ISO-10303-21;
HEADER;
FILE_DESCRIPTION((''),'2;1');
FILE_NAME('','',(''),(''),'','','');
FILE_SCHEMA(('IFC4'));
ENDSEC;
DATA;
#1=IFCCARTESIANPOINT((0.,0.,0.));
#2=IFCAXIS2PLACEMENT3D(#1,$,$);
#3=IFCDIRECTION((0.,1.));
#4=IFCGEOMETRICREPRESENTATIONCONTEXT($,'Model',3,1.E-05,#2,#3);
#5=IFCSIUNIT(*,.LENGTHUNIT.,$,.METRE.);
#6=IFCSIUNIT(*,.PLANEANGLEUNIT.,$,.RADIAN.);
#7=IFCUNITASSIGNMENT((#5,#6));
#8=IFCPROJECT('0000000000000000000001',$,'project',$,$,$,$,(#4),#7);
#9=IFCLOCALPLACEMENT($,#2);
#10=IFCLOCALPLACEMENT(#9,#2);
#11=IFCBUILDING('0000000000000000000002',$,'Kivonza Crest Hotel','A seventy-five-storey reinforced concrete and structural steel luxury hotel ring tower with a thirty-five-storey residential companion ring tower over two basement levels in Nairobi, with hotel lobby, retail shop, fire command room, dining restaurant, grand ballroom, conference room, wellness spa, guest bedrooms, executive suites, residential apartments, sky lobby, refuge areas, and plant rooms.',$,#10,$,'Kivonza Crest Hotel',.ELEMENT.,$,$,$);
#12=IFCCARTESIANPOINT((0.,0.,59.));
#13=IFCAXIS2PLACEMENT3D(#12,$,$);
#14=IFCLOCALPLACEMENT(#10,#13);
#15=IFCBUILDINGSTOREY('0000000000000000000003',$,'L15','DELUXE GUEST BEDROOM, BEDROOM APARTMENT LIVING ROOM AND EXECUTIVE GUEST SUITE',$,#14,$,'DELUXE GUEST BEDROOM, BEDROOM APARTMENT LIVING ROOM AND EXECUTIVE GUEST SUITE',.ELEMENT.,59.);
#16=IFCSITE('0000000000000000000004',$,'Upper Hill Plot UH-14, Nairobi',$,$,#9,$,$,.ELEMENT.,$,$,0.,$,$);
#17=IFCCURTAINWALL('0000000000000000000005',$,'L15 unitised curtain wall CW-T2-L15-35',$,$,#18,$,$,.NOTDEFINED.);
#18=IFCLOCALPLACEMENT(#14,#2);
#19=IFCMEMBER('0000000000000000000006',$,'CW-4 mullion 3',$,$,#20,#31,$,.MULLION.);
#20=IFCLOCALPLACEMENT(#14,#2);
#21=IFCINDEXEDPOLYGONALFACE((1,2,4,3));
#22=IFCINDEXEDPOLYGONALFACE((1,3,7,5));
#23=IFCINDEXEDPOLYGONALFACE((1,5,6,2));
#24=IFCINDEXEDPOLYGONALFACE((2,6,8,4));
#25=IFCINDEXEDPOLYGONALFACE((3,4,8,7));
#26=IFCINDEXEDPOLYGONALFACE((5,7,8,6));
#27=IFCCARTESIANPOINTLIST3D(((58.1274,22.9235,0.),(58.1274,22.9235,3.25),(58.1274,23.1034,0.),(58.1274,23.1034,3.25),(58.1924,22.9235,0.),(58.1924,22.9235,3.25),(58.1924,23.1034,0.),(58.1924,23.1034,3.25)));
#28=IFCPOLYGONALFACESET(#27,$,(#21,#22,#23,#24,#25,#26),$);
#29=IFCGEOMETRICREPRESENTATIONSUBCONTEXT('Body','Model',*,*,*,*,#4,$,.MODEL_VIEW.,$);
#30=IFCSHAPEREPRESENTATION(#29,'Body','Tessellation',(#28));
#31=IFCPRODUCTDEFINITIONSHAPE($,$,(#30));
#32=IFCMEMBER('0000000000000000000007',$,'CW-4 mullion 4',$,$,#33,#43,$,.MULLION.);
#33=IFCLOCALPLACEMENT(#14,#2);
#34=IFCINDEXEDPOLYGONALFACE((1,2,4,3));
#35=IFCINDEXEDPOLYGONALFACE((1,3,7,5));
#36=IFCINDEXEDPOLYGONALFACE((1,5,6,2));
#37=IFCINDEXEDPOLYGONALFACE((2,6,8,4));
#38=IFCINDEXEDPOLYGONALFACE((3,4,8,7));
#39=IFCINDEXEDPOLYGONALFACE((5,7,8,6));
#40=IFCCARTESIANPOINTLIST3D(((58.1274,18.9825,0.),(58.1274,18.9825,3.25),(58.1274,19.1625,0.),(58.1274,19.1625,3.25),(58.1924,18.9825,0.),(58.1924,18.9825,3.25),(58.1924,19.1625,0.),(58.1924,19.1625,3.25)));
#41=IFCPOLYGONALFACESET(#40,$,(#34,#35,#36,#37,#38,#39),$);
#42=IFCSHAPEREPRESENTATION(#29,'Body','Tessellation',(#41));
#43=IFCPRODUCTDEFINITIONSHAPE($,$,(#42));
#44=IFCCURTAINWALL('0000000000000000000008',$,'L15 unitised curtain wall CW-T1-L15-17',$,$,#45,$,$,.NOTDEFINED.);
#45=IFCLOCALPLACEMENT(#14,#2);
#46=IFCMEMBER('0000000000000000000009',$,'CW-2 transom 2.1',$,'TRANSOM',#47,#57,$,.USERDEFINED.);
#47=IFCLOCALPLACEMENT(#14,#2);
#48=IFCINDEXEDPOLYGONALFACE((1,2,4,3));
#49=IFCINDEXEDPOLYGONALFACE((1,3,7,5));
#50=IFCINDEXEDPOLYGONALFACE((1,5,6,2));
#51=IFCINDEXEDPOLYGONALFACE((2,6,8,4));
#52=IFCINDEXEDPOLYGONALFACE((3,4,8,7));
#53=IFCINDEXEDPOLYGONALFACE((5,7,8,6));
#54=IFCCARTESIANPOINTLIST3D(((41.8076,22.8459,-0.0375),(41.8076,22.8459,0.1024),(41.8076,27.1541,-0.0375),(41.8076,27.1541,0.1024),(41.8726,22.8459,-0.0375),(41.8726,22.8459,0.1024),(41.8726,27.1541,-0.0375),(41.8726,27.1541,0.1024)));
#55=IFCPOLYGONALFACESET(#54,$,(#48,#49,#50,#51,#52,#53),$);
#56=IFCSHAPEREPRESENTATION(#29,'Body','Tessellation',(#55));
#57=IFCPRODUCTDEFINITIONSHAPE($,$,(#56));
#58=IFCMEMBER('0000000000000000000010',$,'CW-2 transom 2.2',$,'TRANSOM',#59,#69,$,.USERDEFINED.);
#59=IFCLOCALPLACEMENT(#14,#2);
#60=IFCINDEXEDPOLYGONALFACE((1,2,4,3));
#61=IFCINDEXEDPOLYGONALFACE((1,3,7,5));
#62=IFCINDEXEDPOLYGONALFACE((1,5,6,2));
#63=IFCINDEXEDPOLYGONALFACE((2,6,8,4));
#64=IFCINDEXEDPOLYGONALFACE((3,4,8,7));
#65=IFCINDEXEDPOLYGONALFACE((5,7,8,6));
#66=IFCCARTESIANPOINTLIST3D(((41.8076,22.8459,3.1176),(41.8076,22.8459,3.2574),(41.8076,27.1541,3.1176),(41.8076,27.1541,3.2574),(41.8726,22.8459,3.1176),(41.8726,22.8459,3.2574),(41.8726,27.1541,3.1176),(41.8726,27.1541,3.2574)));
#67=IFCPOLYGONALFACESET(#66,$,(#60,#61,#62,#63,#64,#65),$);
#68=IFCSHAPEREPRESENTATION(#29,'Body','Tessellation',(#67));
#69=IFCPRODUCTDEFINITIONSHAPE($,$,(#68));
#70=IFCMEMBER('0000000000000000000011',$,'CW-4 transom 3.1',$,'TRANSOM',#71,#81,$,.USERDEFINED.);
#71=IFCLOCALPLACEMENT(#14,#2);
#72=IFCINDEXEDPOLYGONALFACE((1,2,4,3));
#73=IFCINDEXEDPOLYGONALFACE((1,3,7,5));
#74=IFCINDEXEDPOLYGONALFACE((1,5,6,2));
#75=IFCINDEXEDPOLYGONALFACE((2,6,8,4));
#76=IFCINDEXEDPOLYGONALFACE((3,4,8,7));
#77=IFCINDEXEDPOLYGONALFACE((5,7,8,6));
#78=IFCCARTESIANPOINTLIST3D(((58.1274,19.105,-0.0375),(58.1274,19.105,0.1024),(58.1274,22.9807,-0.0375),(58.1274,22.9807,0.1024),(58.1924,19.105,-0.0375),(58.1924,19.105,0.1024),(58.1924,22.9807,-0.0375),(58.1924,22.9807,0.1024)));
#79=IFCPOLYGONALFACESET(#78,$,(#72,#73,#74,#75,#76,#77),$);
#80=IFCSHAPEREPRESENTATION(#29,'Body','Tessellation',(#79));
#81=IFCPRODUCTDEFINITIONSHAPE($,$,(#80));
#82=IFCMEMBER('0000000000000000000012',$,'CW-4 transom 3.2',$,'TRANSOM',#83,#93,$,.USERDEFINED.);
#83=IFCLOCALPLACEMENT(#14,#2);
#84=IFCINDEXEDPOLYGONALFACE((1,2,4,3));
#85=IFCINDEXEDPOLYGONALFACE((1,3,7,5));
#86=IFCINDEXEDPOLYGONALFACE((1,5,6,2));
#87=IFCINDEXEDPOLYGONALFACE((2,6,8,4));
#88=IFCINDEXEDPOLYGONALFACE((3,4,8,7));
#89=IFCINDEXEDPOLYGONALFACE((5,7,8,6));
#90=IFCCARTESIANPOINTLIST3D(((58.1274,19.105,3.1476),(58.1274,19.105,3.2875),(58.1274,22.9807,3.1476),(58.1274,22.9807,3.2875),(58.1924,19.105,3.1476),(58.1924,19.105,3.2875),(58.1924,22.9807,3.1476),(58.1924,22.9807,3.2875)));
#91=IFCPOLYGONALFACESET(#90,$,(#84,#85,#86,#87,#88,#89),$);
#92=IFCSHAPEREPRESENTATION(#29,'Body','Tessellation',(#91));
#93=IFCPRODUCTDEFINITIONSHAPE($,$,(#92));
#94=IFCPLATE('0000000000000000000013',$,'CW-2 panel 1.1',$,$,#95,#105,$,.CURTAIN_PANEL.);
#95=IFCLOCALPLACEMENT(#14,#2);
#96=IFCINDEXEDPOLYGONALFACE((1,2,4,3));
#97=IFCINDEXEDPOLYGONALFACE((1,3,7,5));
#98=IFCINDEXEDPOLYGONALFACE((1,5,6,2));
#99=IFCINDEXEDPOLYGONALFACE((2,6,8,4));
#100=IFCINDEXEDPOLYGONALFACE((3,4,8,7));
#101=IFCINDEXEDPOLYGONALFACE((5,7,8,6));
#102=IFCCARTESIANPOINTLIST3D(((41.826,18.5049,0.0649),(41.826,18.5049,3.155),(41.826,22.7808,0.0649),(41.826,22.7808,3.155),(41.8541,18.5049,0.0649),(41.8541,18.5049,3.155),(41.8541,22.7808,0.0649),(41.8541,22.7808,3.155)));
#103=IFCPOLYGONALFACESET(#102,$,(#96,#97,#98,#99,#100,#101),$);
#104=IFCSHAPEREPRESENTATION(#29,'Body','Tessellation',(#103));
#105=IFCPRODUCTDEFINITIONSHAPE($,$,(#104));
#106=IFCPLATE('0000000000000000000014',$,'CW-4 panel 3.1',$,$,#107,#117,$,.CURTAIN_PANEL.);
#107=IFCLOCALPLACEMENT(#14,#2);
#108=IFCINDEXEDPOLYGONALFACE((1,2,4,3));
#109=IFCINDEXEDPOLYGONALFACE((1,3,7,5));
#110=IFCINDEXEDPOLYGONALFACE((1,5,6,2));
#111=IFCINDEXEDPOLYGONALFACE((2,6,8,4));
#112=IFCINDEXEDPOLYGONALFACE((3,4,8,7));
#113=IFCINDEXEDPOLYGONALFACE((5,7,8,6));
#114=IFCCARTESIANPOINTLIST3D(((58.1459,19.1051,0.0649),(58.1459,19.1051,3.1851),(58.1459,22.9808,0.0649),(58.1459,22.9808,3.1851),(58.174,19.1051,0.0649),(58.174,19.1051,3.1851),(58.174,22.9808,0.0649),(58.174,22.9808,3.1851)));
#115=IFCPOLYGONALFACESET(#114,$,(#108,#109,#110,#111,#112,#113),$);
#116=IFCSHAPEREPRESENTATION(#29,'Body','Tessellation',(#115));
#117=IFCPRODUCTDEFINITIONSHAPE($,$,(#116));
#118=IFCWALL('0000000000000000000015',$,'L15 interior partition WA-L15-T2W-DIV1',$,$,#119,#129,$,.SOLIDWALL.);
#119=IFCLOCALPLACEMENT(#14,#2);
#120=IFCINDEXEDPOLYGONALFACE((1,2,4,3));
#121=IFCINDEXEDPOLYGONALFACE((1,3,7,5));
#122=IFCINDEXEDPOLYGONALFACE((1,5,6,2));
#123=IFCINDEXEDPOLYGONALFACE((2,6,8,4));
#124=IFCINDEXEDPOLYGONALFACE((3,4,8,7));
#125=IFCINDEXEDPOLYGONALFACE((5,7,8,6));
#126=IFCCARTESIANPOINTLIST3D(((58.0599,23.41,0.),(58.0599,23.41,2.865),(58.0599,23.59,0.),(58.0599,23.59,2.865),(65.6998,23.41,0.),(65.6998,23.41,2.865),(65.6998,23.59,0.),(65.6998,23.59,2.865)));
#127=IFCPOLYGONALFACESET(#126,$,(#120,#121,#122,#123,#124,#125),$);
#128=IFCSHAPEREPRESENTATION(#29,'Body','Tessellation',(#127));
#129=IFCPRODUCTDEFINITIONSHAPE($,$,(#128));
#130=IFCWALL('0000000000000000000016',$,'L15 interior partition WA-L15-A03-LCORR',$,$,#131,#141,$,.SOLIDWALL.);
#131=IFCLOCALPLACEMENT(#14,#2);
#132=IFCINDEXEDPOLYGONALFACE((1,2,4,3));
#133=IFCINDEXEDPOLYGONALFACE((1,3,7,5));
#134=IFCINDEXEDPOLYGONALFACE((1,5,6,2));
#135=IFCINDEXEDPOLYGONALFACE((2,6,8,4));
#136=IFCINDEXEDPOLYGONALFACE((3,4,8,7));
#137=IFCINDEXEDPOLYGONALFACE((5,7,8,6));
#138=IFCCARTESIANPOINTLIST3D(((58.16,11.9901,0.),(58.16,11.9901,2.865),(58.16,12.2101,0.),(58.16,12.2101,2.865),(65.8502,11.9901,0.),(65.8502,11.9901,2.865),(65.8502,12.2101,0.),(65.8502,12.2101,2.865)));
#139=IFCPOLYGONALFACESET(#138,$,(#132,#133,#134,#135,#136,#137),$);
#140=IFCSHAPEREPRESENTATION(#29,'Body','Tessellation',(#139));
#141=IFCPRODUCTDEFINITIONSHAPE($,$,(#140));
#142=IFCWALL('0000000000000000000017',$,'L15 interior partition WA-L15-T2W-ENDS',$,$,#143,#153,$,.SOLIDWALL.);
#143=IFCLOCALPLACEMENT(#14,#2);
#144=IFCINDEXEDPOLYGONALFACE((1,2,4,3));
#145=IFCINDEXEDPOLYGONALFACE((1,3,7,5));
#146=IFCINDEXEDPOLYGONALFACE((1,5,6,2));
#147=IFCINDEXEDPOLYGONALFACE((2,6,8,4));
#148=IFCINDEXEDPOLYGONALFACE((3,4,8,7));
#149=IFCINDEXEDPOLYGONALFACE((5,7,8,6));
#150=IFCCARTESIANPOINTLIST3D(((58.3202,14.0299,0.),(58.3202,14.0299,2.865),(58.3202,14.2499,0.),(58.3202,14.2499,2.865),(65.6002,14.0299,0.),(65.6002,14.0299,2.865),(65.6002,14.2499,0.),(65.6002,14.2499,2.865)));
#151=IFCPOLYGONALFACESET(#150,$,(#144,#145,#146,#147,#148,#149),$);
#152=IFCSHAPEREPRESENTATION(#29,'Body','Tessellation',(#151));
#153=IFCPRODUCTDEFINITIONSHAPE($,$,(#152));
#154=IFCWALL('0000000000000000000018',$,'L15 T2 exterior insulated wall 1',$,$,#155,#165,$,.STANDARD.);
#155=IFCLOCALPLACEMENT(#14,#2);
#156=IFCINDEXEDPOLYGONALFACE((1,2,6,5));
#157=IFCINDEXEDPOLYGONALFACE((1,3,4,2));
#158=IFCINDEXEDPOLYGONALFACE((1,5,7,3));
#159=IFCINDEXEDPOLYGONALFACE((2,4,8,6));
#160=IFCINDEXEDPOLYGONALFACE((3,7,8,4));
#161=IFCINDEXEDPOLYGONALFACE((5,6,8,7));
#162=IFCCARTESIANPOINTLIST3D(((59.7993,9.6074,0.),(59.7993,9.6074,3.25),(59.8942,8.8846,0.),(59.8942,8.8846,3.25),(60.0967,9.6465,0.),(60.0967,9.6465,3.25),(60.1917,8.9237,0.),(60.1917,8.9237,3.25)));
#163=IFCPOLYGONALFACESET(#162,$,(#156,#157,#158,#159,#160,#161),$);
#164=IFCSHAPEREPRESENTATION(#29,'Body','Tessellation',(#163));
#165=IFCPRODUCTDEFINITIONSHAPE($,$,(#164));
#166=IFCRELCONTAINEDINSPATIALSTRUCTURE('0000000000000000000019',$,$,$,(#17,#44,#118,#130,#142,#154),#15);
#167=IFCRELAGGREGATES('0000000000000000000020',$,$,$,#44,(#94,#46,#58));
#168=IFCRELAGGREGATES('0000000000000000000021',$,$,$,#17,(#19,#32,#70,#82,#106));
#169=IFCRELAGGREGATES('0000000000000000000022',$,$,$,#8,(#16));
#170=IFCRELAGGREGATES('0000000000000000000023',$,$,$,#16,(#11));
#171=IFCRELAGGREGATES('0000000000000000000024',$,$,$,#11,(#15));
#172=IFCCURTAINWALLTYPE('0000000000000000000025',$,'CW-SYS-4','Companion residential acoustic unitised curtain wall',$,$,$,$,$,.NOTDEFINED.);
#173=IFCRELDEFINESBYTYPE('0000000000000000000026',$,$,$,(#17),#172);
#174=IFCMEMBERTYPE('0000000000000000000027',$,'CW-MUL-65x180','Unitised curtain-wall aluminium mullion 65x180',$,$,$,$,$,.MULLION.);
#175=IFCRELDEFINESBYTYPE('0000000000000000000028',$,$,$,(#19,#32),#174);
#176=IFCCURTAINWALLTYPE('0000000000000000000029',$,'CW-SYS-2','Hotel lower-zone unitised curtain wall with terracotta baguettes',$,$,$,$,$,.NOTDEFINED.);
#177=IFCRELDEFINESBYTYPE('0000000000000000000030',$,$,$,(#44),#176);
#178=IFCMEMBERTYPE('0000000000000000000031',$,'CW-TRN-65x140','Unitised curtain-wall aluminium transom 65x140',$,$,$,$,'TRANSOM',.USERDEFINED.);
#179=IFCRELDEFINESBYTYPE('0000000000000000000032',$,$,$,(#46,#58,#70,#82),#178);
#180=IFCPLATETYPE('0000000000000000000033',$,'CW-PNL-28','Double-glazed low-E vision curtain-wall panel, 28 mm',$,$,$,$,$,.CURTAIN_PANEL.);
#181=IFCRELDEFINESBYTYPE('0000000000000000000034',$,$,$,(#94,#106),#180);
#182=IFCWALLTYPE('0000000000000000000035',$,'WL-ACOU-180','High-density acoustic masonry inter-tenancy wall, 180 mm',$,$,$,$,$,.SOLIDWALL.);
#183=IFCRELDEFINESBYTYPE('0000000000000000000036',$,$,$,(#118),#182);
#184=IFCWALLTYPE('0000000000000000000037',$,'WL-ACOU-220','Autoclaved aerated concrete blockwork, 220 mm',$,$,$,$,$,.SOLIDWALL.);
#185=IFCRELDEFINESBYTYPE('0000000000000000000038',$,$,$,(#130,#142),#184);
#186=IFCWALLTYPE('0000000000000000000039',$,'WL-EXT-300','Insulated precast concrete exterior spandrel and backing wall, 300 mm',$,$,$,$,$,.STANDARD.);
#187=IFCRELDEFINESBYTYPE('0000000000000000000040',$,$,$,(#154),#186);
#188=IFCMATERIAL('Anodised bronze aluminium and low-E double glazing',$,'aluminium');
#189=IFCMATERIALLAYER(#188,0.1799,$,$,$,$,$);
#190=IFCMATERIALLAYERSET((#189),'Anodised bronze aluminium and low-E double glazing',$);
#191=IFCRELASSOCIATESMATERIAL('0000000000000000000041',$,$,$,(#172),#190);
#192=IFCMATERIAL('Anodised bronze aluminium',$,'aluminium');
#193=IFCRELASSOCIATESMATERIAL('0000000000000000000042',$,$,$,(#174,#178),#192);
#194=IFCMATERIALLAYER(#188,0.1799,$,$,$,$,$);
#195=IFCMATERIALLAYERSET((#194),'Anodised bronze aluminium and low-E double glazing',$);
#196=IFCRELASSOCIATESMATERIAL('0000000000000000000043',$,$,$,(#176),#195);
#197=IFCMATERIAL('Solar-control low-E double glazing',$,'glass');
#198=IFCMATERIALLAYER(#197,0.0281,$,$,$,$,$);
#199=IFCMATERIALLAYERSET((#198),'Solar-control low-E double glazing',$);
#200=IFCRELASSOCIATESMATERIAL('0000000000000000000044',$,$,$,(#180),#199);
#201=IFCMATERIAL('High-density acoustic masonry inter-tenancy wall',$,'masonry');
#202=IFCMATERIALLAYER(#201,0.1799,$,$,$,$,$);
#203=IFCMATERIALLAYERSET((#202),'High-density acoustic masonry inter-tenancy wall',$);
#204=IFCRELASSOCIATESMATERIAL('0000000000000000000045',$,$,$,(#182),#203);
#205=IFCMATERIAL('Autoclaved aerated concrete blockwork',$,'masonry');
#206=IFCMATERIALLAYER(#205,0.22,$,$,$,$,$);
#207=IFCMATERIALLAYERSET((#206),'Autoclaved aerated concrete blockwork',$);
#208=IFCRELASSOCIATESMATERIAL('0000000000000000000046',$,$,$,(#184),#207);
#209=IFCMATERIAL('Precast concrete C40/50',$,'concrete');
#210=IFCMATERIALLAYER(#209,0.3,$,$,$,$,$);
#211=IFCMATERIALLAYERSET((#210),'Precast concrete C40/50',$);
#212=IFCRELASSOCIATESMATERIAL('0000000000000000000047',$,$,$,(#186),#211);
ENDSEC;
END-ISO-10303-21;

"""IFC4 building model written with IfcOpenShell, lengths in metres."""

from ifc_helpers import new_model, si_unit, direction, frame, frame_2d, origin, origin_2d, place, context, subcontext, project, spatial, rectangle, extrude, material, layer, layer_set, material_profile, profile_set, type_object, element, aggregate, save


model = new_model("IFC4")

# Units and contexts
model_context = context("Model", 3, precision=1e-05, world=origin(), true_north=direction((0.0, 1.0)))
body_context = subcontext(model_context, "Body", "Model", "MODEL_VIEW")
ifc_project = project(units=[si_unit("LENGTHUNIT", "METRE"), si_unit("PLANEANGLEUNIT", "RADIAN")], contexts=[model_context])

# Site, building, storey
site_placement = place(None, origin())
site = spatial("IfcSite", under=ifc_project, at=site_placement, Name="Upper Hill Plot UH-14, Nairobi", CompositionType="ELEMENT", RefElevation=0.0)
building_placement = place(site_placement, origin())
building = spatial("IfcBuilding", under=site, at=building_placement, Name="Kivonza Crest Hotel", Description="A seventy-five-storey reinforced concrete and structural steel luxury hotel ring tower with a thirty-five-storey residential companion ring tower over two basement levels in Nairobi, with hotel lobby, retail shop, fire command room, dining restaurant, grand ballroom, conference room, wellness spa, guest bedrooms, executive suites, residential apartments, sky lobby, refuge areas, and plant rooms.", LongName="Kivonza Crest Hotel", CompositionType="ELEMENT")
storey_placement = place(building_placement, frame((0.0, 0.0, 59.0)))
storey = spatial("IfcBuildingStorey", under=building, at=storey_placement, Name="L15", Description="DELUXE GUEST BEDROOM, BEDROOM APARTMENT LIVING ROOM AND EXECUTIVE GUEST SUITE", LongName="DELUXE GUEST BEDROOM, BEDROOM APARTMENT LIVING ROOM AND EXECUTIVE GUEST SUITE", CompositionType="ELEMENT", Elevation=59.0)

# Curtain walls, members
ifc_material_1 = material(Name="Anodised bronze aluminium and low-E double glazing", Category="aluminium")
ifc_layer_1 = layer(ifc_material_1, 0.1799)
ifc_layer_set_1 = layer_set([ifc_layer_1], Name="Anodised bronze aluminium and low-E double glazing")
curtain_wall_type_1 = type_object("IfcCurtainWallType", Name="CW-SYS-4", Description="Companion residential acoustic unitised curtain wall", PredefinedType="NOTDEFINED", material=ifc_layer_set_1)
curtain_wall_1_placement = place(storey_placement, origin())
curtain_wall_1 = element("IfcCurtainWall", 1, at=curtain_wall_1_placement, inside=storey, type_object=curtain_wall_type_1, Name="L15 unitised curtain wall CW-T2-L15-35", PredefinedType="NOTDEFINED")
ifc_material_2 = material(Name="Anodised bronze aluminium", Category="aluminium")
ifc_material_profile_1 = material_profile(ifc_material_2, rectangle(XDim=0.0649, YDim=0.1799, at=origin_2d()), Name="CW-M 65x180")
ifc_profile_set_1 = profile_set([ifc_material_profile_1], Name="Anodised bronze aluminium")
member_type_1 = type_object("IfcMemberType", Name="CW-MUL-65x180", Description="Unitised curtain-wall aluminium mullion 65x180", PredefinedType="MULLION", material=ifc_profile_set_1)
member_1_placement = place(storey_placement, frame((58.1599, 23.0134, 0.0), z_axis=(0.0, 0.0, 1.0), x_axis=(1.0, 0.0, 0.0)))
member_1 = element("IfcMember", 2, at=member_1_placement, type_object=member_type_1, Name="CW-4 mullion 3", PredefinedType="MULLION", context=body_context, shape_type="SweptSolid", body=[
    extrude(rectangle(XDim=0.0649, YDim=0.1799, at=origin_2d()), origin(), (0.0, 0.0, 1.0), 3.25),
])
member_2_placement = place(storey_placement, frame((58.1599, 19.0725, 0.0), z_axis=(0.0, 0.0, 1.0), x_axis=(1.0, 0.0, 0.0)))
member_2 = element("IfcMember", 3, at=member_2_placement, type_object=member_type_1, Name="CW-4 mullion 4", PredefinedType="MULLION", context=body_context, shape_type="SweptSolid", body=[
    extrude(rectangle(XDim=0.0649, YDim=0.1799, at=origin_2d()), origin(), (0.0, 0.0, 1.0), 3.25),
])
ifc_layer_2 = layer(ifc_material_1, 0.1799)
ifc_layer_set_2 = layer_set([ifc_layer_2], Name="Anodised bronze aluminium and low-E double glazing")
curtain_wall_type_2 = type_object("IfcCurtainWallType", Name="CW-SYS-2", Description="Hotel lower-zone unitised curtain wall with terracotta baguettes", PredefinedType="NOTDEFINED", material=ifc_layer_set_2)
curtain_wall_2_placement = place(storey_placement, origin())
curtain_wall_2 = element("IfcCurtainWall", 4, at=curtain_wall_2_placement, inside=storey, type_object=curtain_wall_type_2, Name="L15 unitised curtain wall CW-T1-L15-17", PredefinedType="NOTDEFINED")
ifc_material_profile_2 = material_profile(ifc_material_2, rectangle(XDim=0.0649, YDim=0.1399, at=origin_2d()), Name="CW-T 65x140")
ifc_profile_set_2 = profile_set([ifc_material_profile_2], Name="Anodised bronze aluminium")
member_type_2 = type_object("IfcMemberType", Name="CW-TRN-65x140", Description="Unitised curtain-wall aluminium transom 65x140", ElementType="TRANSOM", PredefinedType="USERDEFINED", material=ifc_profile_set_2)
member_3_placement = place(storey_placement, frame((41.8401, 22.8459, 0.0325), z_axis=(0.0, 1.0, 0.0), x_axis=(-1.0, 0.0, 0.0)))
member_3 = element("IfcMember", 5, at=member_3_placement, type_object=member_type_2, Name="CW-2 transom 2.1", ObjectType="TRANSOM", PredefinedType="USERDEFINED", context=body_context, shape_type="SweptSolid", body=[
    extrude(rectangle(XDim=0.0649, YDim=0.1399, at=origin_2d()), origin(), (0.0, 0.0, 1.0), 4.3081),
])
member_4_placement = place(storey_placement, frame((41.8401, 22.8459, 3.1875), z_axis=(0.0, 1.0, 0.0), x_axis=(-1.0, 0.0, 0.0)))
member_4 = element("IfcMember", 6, at=member_4_placement, type_object=member_type_2, Name="CW-2 transom 2.2", ObjectType="TRANSOM", PredefinedType="USERDEFINED", context=body_context, shape_type="SweptSolid", body=[
    extrude(rectangle(XDim=0.0649, YDim=0.1399, at=origin_2d()), origin(), (0.0, 0.0, 1.0), 4.3081),
])

# Members
member_5_placement = place(storey_placement, frame((58.1599, 22.9807, 0.0325), z_axis=(0.0, -1.0, 0.0), x_axis=(1.0, 0.0, 0.0)))
member_5 = element("IfcMember", 7, at=member_5_placement, type_object=member_type_2, Name="CW-4 transom 3.1", ObjectType="TRANSOM", PredefinedType="USERDEFINED", context=body_context, shape_type="SweptSolid", body=[
    extrude(rectangle(XDim=0.0649, YDim=0.1399, at=origin_2d()), origin(), (0.0, 0.0, 1.0), 3.8757),
])
member_6_placement = place(storey_placement, frame((58.1599, 22.9807, 3.2175), z_axis=(0.0, -1.0, 0.0), x_axis=(1.0, 0.0, 0.0)))
member_6 = element("IfcMember", 8, at=member_6_placement, type_object=member_type_2, Name="CW-4 transom 3.2", ObjectType="TRANSOM", PredefinedType="USERDEFINED", context=body_context, shape_type="SweptSolid", body=[
    extrude(rectangle(XDim=0.0649, YDim=0.1399, at=origin_2d()), origin(), (0.0, 0.0, 1.0), 3.8757),
])

# Plates
ifc_material_3 = material(Name="Solar-control low-E double glazing", Category="glass")
ifc_layer_3 = layer(ifc_material_3, 0.0281)
ifc_layer_set_3 = layer_set([ifc_layer_3], Name="Solar-control low-E double glazing")
plate_type = type_object("IfcPlateType", Name="CW-PNL-28", Description="Double-glazed low-E vision curtain-wall panel, 28 mm", PredefinedType="CURTAIN_PANEL", material=ifc_layer_set_3)
plate_1_placement = place(storey_placement, frame((41.8401, 20.6428, 0.0649), z_axis=(0.0, 0.0, 1.0), x_axis=(0.0, 1.0, 0.0)))
plate_1 = element("IfcPlate", 9, at=plate_1_placement, type_object=plate_type, Name="CW-2 panel 1.1", PredefinedType="CURTAIN_PANEL", context=body_context, shape_type="SweptSolid", body=[
    extrude(rectangle(XDim=4.2759, YDim=0.0281, at=origin_2d()), origin(), (0.0, 0.0, 1.0), 3.0901),
])
aggregate(curtain_wall_2, [plate_1, member_3, member_4])
plate_2_placement = place(storey_placement, frame((58.1599, 21.043, 0.0649), z_axis=(0.0, 0.0, 1.0), x_axis=(0.0, -1.0, 0.0)))
plate_2 = element("IfcPlate", 10, at=plate_2_placement, type_object=plate_type, Name="CW-4 panel 3.1", PredefinedType="CURTAIN_PANEL", context=body_context, shape_type="SweptSolid", body=[
    extrude(rectangle(XDim=3.8757, YDim=0.0281, at=origin_2d()), origin(), (0.0, 0.0, 1.0), 3.1201),
])
aggregate(curtain_wall_1, [member_1, member_2, member_5, member_6, plate_2])

# Walls
ifc_material_4 = material(Name="High-density acoustic masonry inter-tenancy wall", Category="masonry")
ifc_layer_4 = layer(ifc_material_4, 0.1799)
ifc_layer_set_4 = layer_set([ifc_layer_4], Name="High-density acoustic masonry inter-tenancy wall")
wall_type_1 = type_object("IfcWallType", Name="WL-ACOU-180", Description="High-density acoustic masonry inter-tenancy wall, 180 mm", PredefinedType="SOLIDWALL", material=ifc_layer_set_4)
wall_1_placement = place(storey_placement, frame((58.0601, 23.5, 0.0), z_axis=(0.0, 0.0, 1.0), x_axis=(1.0, 0.0, 0.0)))
element("IfcWall", 11, at=wall_1_placement, inside=storey, type_object=wall_type_1, Name="L15 interior partition WA-L15-T2W-DIV1", PredefinedType="SOLIDWALL", context=body_context, shape_type="SweptSolid", body=[
    extrude(rectangle(XDim=7.6399, YDim=0.1799, at=frame_2d((3.8198, 0.0))), origin(), (0.0, 0.0, 1.0), 2.865),
])
ifc_material_5 = material(Name="Autoclaved aerated concrete blockwork", Category="masonry")
ifc_layer_5 = layer(ifc_material_5, 0.22)
ifc_layer_set_5 = layer_set([ifc_layer_5], Name="Autoclaved aerated concrete blockwork")
wall_type_2 = type_object("IfcWallType", Name="WL-ACOU-220", Description="Autoclaved aerated concrete blockwork, 220 mm", PredefinedType="SOLIDWALL", material=ifc_layer_set_5)
wall_2_placement = place(storey_placement, frame((58.1599, 12.1001, 0.0), z_axis=(0.0, 0.0, 1.0), x_axis=(1.0, 0.0, 0.0)))
element("IfcWall", 12, at=wall_2_placement, inside=storey, type_object=wall_type_2, Name="L15 interior partition WA-L15-A03-LCORR", PredefinedType="SOLIDWALL", context=body_context, shape_type="SweptSolid", body=[
    extrude(rectangle(XDim=7.6902, YDim=0.22, at=frame_2d((3.8452, 0.0))), origin(), (0.0, 0.0, 1.0), 2.865),
])
wall_3_placement = place(storey_placement, frame((58.3201, 14.1399, 0.0), z_axis=(0.0, 0.0, 1.0), x_axis=(1.0, 0.0, 0.0)))
element("IfcWall", 13, at=wall_3_placement, inside=storey, type_object=wall_type_2, Name="L15 interior partition WA-L15-T2W-ENDS", PredefinedType="SOLIDWALL", context=body_context, shape_type="SweptSolid", body=[
    extrude(rectangle(XDim=7.28, YDim=0.22, at=frame_2d((3.6401, 0.0))), origin(), (0.0, 0.0, 1.0), 2.865),
])
ifc_material_6 = material(Name="Precast concrete C40/50", Category="concrete")
ifc_layer_6 = layer(ifc_material_6, 0.3)
ifc_layer_set_6 = layer_set([ifc_layer_6], Name="Precast concrete C40/50")
wall_type_3 = type_object("IfcWallType", Name="WL-EXT-300", Description="Insulated precast concrete exterior spandrel and backing wall, 300 mm", PredefinedType="STANDARD", material=ifc_layer_set_6)
wall_4_placement = place(storey_placement, frame((59.948, 9.627, 0.0), z_axis=(0.0, 0.0, 1.0), x_axis=(0.130255, -0.99148, 0.0)))
element("IfcWall", 14, at=wall_4_placement, inside=storey, type_object=wall_type_3, Name="L15 T2 exterior insulated wall 1", PredefinedType="STANDARD", context=body_context, shape_type="SweptSolid", body=[
    extrude(rectangle(XDim=0.729, YDim=0.3, at=frame_2d((0.3645, 0.0))), origin(), (0.0, 0.0, 1.0), 3.25),
])

save(model, "model.ifc")
